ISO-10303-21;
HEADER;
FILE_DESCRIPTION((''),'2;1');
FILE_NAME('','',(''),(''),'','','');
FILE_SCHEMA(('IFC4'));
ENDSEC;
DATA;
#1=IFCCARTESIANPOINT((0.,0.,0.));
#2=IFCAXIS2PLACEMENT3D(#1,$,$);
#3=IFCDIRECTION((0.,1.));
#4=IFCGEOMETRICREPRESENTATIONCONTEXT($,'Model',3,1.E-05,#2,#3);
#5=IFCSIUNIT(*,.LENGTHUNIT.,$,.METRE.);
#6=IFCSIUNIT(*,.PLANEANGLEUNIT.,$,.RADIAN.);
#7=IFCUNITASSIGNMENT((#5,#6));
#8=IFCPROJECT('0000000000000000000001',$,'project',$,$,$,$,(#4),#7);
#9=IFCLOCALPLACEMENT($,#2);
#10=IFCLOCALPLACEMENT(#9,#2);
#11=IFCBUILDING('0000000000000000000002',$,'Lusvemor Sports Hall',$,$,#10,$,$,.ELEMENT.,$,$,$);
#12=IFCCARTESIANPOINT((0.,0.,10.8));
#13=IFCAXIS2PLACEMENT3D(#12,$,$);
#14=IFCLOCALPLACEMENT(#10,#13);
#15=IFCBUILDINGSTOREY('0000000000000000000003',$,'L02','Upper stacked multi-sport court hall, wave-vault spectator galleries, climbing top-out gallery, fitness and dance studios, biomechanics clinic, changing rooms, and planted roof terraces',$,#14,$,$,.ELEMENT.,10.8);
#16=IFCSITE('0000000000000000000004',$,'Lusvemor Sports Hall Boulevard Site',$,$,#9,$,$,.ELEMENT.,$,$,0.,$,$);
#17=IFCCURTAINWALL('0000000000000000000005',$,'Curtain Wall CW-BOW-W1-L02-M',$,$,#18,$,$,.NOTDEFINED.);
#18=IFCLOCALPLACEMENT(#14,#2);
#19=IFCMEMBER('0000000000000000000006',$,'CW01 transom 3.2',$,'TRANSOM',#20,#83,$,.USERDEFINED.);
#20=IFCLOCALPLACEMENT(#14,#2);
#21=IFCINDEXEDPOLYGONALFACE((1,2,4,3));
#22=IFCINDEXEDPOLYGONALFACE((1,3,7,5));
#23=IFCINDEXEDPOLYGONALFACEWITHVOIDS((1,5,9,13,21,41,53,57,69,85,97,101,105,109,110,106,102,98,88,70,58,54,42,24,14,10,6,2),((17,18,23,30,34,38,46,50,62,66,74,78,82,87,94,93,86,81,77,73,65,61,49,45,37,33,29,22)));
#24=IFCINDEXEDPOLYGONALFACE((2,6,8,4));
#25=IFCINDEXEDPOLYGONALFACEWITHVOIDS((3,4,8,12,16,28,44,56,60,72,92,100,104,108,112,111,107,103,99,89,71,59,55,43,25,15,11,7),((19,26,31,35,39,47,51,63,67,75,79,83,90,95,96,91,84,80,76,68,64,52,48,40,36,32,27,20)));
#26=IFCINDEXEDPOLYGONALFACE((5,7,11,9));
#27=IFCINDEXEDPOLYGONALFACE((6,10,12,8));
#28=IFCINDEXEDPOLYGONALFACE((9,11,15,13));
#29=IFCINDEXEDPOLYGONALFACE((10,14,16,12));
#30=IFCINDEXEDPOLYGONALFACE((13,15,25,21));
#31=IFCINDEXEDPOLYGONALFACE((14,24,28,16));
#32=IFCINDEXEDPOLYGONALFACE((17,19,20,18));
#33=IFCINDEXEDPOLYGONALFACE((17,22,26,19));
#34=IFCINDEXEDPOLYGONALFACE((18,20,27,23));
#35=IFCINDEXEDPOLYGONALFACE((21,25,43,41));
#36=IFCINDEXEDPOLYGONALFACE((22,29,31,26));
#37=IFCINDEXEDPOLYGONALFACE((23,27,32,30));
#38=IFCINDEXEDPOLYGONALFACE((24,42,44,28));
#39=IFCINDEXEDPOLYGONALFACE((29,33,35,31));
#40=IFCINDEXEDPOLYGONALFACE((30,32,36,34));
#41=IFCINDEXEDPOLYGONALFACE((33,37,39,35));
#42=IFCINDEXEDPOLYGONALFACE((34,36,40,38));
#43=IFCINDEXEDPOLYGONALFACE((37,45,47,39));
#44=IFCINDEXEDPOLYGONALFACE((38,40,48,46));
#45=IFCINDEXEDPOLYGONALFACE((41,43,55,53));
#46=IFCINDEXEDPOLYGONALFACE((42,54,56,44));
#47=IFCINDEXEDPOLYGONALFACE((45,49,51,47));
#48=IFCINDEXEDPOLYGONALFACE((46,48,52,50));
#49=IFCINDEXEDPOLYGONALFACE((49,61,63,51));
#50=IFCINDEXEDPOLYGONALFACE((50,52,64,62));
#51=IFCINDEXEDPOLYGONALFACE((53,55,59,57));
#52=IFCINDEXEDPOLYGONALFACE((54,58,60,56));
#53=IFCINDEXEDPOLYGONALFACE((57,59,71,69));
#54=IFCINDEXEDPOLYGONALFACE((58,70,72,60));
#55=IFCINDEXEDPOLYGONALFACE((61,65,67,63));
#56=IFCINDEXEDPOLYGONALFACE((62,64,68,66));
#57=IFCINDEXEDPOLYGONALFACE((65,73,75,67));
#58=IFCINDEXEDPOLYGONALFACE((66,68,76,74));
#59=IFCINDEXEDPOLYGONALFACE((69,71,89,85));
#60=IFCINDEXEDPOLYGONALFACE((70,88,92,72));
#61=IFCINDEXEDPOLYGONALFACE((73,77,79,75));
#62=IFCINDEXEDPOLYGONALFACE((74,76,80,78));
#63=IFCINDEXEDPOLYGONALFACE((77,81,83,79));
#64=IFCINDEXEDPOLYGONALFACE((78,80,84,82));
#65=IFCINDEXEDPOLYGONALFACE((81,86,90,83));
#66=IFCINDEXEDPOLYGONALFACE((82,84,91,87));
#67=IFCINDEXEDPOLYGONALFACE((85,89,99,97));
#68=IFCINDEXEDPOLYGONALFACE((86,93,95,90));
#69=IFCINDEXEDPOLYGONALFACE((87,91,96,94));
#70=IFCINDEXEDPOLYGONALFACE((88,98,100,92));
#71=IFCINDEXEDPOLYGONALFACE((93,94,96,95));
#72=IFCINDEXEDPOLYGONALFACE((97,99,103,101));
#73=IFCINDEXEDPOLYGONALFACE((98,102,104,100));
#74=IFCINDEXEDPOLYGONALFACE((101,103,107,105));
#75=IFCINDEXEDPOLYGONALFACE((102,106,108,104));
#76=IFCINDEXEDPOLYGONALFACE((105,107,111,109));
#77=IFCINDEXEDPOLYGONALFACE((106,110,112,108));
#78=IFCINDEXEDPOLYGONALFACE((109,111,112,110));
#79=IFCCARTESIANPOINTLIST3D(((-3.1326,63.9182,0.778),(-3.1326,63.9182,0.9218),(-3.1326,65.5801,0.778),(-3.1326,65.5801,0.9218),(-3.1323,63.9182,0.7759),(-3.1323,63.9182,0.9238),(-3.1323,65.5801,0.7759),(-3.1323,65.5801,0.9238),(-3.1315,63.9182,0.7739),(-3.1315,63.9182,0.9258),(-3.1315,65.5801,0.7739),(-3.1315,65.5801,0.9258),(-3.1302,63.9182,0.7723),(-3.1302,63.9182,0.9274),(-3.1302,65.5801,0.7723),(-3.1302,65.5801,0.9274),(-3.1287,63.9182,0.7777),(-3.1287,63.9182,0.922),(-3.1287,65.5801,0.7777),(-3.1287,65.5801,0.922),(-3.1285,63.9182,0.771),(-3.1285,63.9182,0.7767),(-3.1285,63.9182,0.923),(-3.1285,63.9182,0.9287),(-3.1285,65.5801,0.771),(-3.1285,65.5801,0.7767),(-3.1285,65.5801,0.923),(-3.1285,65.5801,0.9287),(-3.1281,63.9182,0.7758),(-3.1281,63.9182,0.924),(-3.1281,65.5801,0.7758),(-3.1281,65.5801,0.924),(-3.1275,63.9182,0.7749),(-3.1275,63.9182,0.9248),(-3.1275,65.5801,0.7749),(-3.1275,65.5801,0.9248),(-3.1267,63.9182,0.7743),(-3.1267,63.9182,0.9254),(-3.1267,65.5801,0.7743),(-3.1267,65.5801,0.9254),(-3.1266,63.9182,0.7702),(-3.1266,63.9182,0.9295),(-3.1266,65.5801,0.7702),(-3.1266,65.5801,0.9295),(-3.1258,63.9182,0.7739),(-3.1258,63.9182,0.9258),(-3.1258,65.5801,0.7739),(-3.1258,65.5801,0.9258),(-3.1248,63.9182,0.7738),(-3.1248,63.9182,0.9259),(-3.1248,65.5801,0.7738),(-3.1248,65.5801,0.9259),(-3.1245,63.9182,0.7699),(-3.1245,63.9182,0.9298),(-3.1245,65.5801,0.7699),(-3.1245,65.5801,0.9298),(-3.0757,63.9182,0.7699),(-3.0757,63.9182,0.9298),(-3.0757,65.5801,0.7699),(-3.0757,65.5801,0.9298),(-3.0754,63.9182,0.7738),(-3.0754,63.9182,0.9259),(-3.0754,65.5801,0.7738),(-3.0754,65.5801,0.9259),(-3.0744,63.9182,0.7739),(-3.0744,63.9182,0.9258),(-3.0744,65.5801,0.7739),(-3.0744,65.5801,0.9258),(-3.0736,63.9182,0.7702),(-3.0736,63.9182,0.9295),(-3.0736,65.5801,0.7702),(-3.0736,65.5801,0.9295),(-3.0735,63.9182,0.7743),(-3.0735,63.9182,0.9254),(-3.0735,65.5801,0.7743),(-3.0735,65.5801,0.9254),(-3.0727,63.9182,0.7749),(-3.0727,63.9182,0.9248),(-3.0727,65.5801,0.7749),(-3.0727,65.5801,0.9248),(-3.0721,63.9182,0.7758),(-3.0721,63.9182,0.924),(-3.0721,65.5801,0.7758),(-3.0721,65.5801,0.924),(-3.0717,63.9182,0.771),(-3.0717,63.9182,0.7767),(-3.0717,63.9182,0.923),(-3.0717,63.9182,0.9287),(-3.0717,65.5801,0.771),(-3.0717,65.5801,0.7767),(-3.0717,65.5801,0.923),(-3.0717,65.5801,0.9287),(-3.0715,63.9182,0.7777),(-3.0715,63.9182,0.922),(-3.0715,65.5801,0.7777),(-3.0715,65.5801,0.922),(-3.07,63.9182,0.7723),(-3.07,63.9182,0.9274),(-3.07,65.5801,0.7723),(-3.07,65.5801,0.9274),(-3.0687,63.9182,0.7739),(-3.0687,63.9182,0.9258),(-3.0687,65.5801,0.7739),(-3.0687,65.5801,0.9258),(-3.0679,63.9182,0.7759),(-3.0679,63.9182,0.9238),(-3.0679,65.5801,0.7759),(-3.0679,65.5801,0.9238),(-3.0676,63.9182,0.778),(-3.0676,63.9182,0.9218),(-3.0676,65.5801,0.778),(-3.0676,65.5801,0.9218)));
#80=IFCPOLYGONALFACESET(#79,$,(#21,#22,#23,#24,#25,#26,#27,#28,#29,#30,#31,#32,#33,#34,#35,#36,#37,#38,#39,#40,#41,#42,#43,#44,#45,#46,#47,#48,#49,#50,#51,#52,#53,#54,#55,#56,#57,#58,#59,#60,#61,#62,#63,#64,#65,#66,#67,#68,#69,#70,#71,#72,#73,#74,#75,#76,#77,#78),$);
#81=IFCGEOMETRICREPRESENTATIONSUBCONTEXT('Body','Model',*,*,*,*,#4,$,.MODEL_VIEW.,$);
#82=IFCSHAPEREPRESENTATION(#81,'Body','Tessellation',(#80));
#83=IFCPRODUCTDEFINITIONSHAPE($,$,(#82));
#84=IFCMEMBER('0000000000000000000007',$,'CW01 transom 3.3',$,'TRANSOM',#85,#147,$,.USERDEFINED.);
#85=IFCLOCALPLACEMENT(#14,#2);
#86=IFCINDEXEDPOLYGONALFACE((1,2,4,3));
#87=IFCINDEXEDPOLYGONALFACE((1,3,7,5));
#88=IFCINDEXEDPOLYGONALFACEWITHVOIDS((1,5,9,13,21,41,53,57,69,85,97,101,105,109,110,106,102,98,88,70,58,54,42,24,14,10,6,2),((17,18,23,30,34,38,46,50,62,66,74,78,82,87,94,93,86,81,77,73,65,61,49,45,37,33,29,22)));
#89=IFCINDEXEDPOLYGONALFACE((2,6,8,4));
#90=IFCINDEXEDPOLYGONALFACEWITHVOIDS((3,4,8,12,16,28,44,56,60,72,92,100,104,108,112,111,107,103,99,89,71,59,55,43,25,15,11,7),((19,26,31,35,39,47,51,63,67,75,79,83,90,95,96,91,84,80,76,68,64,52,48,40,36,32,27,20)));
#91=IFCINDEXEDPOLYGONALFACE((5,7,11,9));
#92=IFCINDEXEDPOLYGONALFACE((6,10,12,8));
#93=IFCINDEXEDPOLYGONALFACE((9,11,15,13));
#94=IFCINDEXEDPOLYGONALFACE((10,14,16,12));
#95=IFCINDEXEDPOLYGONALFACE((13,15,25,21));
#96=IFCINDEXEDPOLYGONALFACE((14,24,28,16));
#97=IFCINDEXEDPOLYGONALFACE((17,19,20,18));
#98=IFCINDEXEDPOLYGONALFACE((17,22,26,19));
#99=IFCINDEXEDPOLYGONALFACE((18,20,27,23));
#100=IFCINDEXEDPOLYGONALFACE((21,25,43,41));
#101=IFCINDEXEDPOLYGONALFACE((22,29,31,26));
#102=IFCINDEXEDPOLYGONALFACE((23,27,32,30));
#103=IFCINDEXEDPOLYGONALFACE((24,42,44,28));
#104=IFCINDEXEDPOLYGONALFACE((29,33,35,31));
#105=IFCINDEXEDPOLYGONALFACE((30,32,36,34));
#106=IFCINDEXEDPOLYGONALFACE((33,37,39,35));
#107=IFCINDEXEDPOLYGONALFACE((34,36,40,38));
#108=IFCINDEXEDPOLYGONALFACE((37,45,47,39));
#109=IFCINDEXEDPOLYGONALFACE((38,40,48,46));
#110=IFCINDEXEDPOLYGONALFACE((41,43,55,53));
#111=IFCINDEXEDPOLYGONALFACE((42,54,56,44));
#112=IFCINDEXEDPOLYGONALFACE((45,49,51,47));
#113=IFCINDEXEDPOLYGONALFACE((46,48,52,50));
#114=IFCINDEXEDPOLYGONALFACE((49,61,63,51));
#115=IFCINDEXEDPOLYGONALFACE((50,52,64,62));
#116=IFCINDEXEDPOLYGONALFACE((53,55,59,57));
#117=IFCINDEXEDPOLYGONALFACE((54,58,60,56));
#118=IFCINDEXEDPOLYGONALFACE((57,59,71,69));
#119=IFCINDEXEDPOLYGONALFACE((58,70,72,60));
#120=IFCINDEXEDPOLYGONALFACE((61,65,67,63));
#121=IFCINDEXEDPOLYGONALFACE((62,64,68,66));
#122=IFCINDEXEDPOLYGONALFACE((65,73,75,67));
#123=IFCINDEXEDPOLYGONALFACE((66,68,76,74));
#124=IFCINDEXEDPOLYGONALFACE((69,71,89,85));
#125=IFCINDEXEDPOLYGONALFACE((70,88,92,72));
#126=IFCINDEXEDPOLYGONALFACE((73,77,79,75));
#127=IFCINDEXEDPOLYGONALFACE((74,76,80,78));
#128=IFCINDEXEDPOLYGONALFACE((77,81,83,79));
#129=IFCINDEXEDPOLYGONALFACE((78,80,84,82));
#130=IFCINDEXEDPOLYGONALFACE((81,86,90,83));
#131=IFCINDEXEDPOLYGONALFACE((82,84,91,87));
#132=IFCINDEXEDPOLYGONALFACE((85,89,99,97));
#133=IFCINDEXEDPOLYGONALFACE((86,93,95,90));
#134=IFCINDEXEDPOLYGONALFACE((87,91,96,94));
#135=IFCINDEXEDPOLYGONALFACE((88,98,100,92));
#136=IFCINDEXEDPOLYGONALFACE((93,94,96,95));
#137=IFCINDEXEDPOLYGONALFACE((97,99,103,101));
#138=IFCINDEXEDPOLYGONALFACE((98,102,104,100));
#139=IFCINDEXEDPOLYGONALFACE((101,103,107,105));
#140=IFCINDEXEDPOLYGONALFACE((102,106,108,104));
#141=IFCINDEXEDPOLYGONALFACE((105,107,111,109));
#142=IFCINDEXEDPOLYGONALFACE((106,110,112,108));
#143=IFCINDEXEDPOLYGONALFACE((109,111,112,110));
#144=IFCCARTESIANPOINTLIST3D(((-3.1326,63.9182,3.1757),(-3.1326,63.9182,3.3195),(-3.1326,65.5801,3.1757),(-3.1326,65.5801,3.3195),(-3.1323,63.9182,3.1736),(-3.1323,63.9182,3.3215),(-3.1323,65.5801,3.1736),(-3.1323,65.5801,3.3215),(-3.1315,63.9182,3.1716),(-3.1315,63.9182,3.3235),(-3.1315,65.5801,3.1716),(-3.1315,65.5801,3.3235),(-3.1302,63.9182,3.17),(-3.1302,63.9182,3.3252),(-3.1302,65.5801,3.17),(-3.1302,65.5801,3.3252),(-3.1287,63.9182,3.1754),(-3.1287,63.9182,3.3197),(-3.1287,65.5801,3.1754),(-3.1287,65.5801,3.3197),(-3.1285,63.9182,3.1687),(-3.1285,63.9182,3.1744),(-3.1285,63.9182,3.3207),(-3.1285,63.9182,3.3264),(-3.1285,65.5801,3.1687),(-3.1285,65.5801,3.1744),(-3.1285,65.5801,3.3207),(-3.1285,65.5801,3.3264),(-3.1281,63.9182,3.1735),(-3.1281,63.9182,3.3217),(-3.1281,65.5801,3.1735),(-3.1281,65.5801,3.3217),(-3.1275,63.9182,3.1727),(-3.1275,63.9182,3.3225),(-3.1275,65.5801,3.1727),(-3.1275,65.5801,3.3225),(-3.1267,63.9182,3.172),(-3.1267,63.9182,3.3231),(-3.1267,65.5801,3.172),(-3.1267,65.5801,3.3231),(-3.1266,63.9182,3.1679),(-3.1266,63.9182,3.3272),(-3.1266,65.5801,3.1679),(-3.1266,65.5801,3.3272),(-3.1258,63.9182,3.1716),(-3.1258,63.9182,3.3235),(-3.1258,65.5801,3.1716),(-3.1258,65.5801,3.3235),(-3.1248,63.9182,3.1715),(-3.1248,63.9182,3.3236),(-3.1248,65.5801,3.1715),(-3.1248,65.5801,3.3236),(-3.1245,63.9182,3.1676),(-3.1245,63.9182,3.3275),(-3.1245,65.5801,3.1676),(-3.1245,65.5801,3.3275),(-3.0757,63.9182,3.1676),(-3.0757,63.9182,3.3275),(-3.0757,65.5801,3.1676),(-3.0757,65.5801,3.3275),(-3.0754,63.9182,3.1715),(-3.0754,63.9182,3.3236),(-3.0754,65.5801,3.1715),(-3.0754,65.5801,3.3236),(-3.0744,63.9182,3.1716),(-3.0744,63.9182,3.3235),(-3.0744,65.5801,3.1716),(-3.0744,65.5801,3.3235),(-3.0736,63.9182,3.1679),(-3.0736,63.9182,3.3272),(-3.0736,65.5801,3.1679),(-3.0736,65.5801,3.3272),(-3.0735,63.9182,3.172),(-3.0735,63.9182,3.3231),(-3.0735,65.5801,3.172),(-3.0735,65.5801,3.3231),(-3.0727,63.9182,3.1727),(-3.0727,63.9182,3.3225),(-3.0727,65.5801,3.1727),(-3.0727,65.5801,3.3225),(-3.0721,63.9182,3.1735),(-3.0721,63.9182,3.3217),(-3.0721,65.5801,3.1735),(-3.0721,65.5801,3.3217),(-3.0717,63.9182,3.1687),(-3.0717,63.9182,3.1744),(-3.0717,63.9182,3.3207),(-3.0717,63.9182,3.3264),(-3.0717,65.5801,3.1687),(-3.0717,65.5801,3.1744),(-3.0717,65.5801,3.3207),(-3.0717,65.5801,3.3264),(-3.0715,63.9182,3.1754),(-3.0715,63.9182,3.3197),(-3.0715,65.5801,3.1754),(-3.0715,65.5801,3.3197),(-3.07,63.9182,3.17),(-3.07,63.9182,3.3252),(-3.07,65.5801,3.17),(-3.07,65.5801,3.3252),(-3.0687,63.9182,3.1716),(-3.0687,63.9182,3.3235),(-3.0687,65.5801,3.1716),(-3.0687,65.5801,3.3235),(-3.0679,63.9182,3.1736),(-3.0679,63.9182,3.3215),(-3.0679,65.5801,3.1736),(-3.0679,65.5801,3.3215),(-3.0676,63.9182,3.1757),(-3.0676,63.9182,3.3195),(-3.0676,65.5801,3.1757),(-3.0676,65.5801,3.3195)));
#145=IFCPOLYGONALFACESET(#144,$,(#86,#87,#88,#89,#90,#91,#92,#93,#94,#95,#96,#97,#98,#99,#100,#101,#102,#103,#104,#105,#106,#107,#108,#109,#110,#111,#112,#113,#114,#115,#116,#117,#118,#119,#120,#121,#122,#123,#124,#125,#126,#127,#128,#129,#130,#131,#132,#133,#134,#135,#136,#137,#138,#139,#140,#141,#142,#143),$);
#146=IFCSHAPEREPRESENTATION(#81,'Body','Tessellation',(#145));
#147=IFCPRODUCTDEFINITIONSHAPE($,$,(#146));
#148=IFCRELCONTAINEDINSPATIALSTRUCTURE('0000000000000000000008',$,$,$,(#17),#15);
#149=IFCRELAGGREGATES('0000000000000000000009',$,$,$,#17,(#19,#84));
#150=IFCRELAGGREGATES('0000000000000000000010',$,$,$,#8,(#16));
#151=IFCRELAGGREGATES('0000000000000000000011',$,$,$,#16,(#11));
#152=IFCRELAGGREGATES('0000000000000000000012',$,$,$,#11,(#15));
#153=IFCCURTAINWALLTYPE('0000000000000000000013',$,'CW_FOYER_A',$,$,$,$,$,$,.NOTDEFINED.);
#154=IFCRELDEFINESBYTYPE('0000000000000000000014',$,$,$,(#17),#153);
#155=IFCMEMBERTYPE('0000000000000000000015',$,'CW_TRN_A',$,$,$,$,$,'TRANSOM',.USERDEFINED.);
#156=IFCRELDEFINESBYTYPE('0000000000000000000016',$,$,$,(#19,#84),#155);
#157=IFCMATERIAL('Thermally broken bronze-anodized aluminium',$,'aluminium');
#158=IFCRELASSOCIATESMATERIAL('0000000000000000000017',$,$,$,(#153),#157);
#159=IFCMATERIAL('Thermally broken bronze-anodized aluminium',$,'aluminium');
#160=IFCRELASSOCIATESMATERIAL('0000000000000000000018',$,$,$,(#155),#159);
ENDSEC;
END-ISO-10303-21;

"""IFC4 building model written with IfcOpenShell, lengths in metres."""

from ifc_helpers import new_model, si_unit, direction, frame, origin, origin_2d, place, context, subcontext, project, spatial, hollow_rectangle, extrude, material, material_profile, profile_set, type_object, element, aggregate, save


model = new_model("IFC4")

# Units and contexts
model_context = context("Model", 3, precision=1e-05, world=origin(), true_north=direction((0.0, 1.0)))
body_context = subcontext(model_context, "Body", "Model", "MODEL_VIEW")
ifc_project = project(units=[si_unit("LENGTHUNIT", "METRE"), si_unit("PLANEANGLEUNIT", "RADIAN")], contexts=[model_context])

# Site, building, storey
site_placement = place(None, origin())
site = spatial("IfcSite", under=ifc_project, at=site_placement, Name="Lusvemor Sports Hall Boulevard Site", CompositionType="ELEMENT", RefElevation=0.0)
building_placement = place(site_placement, origin())
building = spatial("IfcBuilding", under=site, at=building_placement, Name="Lusvemor Sports Hall", CompositionType="ELEMENT")
storey_placement = place(building_placement, frame((0.0, 0.0, 10.8)))
storey = spatial("IfcBuildingStorey", under=building, at=storey_placement, Name="L02", Description="Upper stacked multi-sport court hall, wave-vault spectator galleries, climbing top-out gallery, fitness and dance studios, biomechanics clinic, changing rooms, and planted roof terraces", CompositionType="ELEMENT", Elevation=10.8)

# Curtain wall
ifc_material_1 = material(Name="Thermally broken bronze-anodized aluminium", Category="aluminium")
curtain_wall_type_1 = type_object("IfcCurtainWallType", Name="CW_FOYER_A", PredefinedType="NOTDEFINED", material=ifc_material_1)
curtain_wall_1_placement = place(storey_placement, origin())
curtain_wall_1 = element("IfcCurtainWall", 1, at=curtain_wall_1_placement, inside=storey, type_object=curtain_wall_type_1, Name="Curtain Wall CW-BOW-W1-L02-M", PredefinedType="NOTDEFINED")

# Members
ifc_material_2 = material(Name="Thermally broken bronze-anodized aluminium", Category="aluminium")
ifc_material_profile_1 = material_profile(ifc_material_2, hollow_rectangle(XDim=0.0649, YDim=0.1599, WallThickness=0.0039, InnerFilletRadius=0.0039, OuterFilletRadius=0.0081, at=origin_2d()), Name="CWTRN160x65x4")
ifc_profile_set_1 = profile_set([ifc_material_profile_1], Name="Thermally broken bronze-anodized aluminium")
member_type_1 = type_object("IfcMemberType", Name="CW_TRN_A", ElementType="TRANSOM", PredefinedType="USERDEFINED", material=ifc_profile_set_1)
member_1_placement = place(storey_placement, frame((-3.1001, 63.9182, 0.8499), z_axis=(0.0, 1.0, 0.0), x_axis=(-1.0, 0.0, 0.0)))
member_1 = element("IfcMember", 2, at=member_1_placement, type_object=member_type_1, Name="CW01 transom 3.2", ObjectType="TRANSOM", PredefinedType="USERDEFINED", context=body_context, shape_type="SweptSolid", body=[
    extrude(hollow_rectangle(XDim=0.0649, YDim=0.1599, WallThickness=0.0039, InnerFilletRadius=0.0039, OuterFilletRadius=0.0081, at=origin_2d()), origin(), (0.0, 0.0, 1.0), 1.6619),
])
member_2_placement = place(storey_placement, frame((-3.1001, 63.9182, 3.2476), z_axis=(0.0, 1.0, 0.0), x_axis=(-1.0, 0.0, 0.0)))
member_2 = element("IfcMember", 3, at=member_2_placement, type_object=member_type_1, Name="CW01 transom 3.3", ObjectType="TRANSOM", PredefinedType="USERDEFINED", context=body_context, shape_type="SweptSolid", body=[
    extrude(hollow_rectangle(XDim=0.0649, YDim=0.1599, WallThickness=0.0039, InnerFilletRadius=0.0039, OuterFilletRadius=0.0081, at=origin_2d()), origin(), (0.0, 0.0, 1.0), 1.6619),
])

aggregate(curtain_wall_1, [member_1, member_2])

save(model, "model.ifc")
